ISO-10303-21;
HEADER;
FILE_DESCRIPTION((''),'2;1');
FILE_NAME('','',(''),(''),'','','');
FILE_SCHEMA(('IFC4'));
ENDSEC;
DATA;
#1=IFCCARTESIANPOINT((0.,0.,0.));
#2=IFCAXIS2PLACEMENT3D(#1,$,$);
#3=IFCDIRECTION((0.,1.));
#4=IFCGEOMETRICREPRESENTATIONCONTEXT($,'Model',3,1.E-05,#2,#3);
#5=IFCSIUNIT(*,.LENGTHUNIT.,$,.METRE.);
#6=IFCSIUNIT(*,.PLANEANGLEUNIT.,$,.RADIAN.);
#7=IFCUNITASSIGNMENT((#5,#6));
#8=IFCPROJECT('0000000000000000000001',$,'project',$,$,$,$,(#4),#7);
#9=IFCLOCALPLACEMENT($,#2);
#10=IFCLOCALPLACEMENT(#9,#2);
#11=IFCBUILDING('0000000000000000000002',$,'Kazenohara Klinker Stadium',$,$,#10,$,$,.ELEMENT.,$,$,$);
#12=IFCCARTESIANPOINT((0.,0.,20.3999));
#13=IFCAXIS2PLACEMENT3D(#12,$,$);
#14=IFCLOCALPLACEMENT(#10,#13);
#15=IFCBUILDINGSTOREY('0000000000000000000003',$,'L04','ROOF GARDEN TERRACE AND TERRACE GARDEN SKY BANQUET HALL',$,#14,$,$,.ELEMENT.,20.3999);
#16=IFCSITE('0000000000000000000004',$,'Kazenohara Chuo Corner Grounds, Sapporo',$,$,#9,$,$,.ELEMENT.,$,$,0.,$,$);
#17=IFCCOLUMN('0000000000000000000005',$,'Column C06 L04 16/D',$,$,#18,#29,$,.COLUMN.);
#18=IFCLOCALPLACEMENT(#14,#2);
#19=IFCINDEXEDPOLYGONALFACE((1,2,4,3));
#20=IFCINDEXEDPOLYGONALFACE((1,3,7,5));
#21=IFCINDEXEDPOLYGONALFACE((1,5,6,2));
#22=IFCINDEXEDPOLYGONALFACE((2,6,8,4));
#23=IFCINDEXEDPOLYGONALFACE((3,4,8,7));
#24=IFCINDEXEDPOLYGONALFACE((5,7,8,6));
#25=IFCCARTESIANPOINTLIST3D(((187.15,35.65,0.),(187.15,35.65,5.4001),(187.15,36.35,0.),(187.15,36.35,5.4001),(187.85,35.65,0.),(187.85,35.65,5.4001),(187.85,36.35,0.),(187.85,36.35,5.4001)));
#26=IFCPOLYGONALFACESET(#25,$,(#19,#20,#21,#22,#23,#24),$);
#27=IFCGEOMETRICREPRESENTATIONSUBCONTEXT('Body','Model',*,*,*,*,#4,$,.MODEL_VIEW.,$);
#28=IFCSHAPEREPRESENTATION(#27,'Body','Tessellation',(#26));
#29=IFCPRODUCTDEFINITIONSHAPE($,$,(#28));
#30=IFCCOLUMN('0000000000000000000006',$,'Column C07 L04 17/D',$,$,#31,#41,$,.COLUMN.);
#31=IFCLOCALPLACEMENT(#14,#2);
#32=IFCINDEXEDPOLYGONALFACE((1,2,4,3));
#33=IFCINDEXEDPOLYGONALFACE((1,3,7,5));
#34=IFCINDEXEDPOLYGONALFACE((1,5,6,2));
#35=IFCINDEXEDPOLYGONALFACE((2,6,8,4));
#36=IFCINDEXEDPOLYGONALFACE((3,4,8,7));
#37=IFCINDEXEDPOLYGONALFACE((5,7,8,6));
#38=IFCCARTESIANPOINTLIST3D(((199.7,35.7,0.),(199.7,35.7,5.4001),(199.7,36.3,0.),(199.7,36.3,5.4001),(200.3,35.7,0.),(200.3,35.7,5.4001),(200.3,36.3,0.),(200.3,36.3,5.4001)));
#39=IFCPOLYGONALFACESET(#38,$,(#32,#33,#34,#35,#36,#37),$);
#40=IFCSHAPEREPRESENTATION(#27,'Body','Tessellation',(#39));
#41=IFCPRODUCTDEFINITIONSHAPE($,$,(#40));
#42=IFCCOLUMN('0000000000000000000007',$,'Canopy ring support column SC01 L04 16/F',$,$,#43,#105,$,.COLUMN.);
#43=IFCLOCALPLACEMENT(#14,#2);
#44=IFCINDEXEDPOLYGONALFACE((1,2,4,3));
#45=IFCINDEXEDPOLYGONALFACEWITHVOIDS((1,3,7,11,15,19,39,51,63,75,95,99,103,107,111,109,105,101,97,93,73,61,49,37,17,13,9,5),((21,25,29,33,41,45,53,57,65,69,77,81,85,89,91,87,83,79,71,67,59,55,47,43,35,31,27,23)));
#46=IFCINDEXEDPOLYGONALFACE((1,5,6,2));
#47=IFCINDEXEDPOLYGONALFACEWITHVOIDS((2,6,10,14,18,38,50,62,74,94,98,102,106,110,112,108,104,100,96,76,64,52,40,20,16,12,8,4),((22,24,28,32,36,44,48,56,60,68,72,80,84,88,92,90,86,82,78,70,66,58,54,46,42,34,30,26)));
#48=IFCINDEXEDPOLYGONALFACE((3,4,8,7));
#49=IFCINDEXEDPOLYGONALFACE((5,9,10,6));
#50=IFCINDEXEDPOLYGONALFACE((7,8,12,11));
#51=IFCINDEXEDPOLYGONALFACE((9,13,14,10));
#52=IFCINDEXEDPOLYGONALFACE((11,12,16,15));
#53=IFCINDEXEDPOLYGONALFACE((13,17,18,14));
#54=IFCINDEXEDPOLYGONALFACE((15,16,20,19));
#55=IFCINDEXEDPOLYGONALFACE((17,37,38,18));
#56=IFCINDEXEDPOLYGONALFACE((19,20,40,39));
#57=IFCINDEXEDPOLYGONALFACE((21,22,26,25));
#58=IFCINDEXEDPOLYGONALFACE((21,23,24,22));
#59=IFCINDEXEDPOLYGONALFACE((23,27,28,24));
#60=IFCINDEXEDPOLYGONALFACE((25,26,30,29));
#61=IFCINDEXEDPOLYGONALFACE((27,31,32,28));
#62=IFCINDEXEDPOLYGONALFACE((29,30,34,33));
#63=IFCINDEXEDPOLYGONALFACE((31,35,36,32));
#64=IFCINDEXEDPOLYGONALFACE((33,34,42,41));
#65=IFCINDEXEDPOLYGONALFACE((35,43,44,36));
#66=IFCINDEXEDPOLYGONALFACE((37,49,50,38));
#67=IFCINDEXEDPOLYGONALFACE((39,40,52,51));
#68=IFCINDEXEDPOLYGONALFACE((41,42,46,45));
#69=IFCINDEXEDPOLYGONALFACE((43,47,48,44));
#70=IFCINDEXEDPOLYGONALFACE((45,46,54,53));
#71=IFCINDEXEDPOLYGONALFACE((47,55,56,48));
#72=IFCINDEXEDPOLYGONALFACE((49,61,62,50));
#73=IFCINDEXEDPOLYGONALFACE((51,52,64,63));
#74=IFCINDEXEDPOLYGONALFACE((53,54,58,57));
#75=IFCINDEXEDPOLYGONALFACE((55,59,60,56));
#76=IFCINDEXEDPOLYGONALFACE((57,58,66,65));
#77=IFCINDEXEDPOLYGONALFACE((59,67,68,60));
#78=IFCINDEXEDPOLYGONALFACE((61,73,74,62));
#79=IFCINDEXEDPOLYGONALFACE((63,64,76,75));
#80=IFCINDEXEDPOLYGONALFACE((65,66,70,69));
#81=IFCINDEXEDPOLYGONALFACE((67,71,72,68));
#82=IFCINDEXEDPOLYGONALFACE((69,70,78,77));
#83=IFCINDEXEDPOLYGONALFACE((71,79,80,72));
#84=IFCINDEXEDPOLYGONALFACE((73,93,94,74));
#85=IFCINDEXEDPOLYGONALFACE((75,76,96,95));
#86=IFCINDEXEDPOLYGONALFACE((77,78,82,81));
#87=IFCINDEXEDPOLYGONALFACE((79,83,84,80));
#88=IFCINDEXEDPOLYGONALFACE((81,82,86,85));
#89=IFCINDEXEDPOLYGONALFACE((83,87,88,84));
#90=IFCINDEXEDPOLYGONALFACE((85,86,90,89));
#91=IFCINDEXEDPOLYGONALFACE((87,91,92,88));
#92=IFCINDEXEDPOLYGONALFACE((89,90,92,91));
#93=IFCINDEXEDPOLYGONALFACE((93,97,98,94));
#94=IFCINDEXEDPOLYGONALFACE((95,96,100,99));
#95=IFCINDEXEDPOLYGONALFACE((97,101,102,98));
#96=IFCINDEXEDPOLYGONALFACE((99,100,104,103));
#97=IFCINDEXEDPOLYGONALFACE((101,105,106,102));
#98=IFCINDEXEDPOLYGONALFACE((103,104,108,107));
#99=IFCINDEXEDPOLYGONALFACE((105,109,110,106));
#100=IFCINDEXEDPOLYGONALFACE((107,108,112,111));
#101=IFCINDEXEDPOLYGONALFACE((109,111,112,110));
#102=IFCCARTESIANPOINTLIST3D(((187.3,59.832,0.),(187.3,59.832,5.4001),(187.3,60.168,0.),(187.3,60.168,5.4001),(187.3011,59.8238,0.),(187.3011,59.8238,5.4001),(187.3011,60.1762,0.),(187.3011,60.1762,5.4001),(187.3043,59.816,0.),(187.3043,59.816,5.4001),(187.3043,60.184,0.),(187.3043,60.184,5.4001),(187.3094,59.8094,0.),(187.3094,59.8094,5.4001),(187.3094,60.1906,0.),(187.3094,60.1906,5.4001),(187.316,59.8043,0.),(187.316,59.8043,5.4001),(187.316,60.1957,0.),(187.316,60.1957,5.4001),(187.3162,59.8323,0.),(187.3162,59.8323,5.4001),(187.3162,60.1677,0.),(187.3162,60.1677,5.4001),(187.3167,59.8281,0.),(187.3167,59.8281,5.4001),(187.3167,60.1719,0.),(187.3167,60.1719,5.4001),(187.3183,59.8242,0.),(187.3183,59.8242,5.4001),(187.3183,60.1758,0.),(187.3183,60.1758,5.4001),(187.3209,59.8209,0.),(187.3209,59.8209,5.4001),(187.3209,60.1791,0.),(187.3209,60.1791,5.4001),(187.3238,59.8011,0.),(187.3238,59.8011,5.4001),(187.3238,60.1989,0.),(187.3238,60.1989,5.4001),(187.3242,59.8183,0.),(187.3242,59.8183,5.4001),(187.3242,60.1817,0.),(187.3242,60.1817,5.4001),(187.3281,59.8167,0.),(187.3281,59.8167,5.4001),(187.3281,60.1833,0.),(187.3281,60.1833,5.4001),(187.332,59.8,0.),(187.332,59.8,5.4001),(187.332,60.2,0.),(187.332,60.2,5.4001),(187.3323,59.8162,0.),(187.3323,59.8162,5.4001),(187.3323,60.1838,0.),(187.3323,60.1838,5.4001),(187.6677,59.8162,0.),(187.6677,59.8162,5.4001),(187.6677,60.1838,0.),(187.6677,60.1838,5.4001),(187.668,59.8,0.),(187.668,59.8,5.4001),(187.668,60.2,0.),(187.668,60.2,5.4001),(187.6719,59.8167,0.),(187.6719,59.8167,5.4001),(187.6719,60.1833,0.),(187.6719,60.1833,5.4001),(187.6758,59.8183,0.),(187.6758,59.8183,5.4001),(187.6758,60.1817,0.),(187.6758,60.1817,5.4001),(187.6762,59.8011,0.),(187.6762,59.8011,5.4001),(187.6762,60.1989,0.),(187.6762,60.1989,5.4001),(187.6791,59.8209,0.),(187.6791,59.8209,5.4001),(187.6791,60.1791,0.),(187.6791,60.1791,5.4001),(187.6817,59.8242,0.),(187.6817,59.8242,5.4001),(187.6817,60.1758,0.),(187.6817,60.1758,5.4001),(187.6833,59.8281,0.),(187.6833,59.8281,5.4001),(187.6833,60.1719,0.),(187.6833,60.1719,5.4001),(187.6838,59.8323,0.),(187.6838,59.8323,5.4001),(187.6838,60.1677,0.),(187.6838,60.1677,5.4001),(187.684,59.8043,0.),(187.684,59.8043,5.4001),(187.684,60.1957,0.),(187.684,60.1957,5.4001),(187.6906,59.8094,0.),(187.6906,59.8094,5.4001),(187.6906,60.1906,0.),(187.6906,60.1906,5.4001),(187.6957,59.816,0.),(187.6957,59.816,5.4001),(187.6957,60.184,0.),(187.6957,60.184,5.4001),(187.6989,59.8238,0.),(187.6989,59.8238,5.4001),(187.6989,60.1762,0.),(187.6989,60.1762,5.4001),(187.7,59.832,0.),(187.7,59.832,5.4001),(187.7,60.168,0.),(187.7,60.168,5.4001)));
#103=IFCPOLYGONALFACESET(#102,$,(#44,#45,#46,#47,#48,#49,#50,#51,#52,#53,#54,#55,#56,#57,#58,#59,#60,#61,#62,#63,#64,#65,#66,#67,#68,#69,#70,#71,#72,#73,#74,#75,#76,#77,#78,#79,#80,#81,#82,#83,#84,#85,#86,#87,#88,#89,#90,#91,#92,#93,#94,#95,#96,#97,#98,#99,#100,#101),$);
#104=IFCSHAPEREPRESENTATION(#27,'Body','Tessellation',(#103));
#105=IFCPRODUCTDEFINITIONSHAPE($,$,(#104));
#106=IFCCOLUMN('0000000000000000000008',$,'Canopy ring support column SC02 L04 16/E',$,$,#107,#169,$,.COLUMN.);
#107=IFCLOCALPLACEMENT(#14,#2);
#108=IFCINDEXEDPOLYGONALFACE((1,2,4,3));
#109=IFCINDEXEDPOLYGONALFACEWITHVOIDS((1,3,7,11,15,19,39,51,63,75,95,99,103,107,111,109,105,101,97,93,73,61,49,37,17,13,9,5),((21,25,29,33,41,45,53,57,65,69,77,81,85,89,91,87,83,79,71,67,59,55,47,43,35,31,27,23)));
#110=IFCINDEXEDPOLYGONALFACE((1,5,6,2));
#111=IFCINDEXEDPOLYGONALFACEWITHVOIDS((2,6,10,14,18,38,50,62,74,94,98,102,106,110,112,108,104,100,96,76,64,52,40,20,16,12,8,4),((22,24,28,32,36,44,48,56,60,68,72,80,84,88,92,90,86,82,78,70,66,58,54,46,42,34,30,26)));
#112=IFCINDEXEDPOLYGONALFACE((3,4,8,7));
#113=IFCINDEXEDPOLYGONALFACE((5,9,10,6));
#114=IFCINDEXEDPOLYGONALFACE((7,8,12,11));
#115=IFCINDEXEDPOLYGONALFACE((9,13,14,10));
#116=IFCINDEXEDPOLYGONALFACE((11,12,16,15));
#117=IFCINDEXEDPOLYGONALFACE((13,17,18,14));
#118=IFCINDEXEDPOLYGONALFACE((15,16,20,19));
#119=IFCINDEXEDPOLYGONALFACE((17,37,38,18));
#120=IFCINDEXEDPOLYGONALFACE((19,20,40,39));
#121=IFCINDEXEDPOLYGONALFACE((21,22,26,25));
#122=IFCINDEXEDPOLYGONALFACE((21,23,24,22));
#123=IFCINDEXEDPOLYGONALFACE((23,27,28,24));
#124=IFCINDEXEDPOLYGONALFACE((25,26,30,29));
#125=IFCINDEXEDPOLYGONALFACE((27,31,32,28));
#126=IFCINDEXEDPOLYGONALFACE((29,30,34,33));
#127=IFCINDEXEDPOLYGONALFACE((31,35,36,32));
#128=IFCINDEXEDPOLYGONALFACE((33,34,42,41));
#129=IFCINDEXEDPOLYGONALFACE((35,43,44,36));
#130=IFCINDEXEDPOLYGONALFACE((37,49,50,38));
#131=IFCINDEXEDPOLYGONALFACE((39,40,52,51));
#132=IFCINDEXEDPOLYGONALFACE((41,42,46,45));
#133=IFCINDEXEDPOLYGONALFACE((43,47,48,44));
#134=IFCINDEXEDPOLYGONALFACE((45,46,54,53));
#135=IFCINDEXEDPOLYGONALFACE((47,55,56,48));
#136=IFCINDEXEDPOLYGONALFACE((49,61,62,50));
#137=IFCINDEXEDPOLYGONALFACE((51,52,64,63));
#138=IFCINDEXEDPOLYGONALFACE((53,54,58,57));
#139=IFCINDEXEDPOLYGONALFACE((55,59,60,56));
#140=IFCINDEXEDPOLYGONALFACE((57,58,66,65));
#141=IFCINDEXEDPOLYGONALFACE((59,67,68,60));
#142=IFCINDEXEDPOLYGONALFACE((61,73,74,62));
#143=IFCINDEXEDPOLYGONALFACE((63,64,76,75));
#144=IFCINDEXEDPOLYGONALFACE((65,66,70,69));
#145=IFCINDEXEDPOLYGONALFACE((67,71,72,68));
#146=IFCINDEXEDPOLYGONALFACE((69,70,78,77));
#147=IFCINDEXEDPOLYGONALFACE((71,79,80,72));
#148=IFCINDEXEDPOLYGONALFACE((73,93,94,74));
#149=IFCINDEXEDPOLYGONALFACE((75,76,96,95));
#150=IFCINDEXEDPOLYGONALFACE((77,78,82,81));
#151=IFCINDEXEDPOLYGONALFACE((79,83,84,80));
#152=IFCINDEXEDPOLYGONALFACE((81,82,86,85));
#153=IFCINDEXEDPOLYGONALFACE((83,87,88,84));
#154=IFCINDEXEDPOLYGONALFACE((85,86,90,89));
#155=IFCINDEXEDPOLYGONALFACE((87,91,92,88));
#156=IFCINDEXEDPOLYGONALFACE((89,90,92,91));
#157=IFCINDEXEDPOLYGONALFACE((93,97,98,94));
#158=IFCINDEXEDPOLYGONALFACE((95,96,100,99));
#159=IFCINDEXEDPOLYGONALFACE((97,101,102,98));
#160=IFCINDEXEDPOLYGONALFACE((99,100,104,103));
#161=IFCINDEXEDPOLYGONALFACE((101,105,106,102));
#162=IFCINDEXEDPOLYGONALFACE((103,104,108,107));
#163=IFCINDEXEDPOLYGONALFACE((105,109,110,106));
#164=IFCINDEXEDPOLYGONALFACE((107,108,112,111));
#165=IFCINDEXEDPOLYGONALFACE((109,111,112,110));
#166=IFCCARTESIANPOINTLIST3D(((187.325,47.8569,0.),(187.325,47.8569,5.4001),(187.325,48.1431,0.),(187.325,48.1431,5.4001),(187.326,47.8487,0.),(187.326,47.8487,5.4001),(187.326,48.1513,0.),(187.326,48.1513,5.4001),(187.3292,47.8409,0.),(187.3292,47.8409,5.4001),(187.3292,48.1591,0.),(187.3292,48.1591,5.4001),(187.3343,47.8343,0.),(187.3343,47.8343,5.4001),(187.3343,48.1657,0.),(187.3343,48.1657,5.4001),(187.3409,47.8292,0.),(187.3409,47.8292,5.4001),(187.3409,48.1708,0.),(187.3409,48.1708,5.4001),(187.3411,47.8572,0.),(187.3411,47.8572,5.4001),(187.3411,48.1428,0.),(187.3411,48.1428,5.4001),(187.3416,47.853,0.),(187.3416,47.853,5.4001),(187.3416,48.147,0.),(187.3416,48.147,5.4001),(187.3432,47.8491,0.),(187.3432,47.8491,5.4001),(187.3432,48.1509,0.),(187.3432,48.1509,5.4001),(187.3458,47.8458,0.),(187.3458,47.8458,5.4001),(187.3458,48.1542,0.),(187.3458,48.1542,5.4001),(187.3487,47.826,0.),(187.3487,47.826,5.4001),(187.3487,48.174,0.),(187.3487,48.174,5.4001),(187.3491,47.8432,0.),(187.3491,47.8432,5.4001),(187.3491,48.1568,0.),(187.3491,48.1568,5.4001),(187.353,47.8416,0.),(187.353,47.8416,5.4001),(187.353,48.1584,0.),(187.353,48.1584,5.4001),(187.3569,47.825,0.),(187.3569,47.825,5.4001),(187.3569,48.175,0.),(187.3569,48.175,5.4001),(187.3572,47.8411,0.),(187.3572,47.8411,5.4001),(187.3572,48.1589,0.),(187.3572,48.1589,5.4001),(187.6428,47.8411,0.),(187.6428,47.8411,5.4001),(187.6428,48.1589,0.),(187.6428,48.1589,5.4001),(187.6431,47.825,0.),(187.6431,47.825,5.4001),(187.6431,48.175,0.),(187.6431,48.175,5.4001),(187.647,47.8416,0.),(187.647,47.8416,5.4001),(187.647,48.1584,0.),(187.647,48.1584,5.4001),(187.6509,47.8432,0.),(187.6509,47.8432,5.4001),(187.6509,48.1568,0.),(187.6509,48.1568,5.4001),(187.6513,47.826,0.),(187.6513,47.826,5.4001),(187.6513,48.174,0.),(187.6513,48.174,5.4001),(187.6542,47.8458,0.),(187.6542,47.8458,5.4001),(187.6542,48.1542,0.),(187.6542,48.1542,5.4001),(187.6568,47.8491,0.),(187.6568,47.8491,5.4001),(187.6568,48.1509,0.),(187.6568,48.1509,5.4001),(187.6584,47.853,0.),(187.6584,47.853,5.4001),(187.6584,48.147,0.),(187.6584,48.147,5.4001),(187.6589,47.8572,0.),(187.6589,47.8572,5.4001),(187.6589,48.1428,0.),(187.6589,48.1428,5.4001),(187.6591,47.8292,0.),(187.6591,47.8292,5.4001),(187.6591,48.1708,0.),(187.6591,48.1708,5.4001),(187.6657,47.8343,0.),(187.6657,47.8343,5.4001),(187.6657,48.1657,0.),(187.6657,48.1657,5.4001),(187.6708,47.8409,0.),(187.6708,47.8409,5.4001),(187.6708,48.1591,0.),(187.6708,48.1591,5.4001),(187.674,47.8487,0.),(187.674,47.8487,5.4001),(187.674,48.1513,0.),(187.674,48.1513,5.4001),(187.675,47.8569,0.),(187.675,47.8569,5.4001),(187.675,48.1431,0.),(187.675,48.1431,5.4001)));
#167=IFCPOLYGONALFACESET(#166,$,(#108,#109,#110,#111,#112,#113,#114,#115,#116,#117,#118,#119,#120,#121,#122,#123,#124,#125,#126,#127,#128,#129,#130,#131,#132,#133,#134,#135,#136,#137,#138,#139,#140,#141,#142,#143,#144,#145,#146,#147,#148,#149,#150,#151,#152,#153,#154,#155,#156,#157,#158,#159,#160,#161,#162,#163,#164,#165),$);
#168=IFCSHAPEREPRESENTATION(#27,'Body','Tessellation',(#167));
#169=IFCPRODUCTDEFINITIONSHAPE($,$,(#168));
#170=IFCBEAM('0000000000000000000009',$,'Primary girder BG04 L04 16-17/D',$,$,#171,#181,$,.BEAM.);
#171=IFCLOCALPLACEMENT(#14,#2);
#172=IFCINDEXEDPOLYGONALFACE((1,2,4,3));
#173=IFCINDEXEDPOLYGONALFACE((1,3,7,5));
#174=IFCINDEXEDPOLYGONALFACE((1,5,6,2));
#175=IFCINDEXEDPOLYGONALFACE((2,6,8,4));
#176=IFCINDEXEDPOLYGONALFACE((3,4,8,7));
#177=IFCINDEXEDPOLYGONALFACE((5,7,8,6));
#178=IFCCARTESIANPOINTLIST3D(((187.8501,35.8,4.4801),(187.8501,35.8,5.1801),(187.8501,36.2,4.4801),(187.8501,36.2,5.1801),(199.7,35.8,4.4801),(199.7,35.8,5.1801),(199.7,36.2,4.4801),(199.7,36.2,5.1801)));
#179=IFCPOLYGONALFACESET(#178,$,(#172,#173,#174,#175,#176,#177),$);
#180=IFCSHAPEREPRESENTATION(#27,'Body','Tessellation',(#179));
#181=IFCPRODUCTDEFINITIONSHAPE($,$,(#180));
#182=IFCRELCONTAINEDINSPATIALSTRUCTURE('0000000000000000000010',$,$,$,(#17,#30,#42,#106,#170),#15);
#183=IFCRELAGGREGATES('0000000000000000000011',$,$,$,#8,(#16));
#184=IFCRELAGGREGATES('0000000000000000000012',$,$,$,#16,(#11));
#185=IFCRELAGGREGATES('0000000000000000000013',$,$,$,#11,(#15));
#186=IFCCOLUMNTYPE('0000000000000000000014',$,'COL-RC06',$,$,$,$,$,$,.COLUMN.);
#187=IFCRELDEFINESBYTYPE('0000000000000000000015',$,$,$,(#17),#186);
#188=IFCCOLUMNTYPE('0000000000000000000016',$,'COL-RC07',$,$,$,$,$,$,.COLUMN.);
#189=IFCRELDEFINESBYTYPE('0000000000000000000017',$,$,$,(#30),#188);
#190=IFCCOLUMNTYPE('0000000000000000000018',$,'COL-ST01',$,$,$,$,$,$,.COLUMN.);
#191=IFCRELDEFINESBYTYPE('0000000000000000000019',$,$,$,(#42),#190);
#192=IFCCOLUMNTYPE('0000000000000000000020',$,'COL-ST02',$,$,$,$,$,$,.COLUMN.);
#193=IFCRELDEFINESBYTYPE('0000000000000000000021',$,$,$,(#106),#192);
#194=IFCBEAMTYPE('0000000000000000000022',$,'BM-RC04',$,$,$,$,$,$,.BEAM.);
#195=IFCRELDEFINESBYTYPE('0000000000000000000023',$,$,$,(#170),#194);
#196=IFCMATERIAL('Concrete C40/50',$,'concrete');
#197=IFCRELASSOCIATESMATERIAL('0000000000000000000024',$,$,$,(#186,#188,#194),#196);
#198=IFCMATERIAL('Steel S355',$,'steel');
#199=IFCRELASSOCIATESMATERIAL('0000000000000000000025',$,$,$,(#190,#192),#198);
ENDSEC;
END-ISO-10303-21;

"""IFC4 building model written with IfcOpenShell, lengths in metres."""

from ifc_helpers import new_model, si_unit, direction, frame, origin, origin_2d, place, context, subcontext, project, spatial, rectangle, hollow_rectangle, extrude, material, material_profile, profile_set, type_object, element, save


model = new_model("IFC4")

# Units and contexts
model_context = context("Model", 3, precision=1e-05, world=origin(), true_north=direction((0.0, 1.0)))
body_context = subcontext(model_context, "Body", "Model", "MODEL_VIEW")
ifc_project = project(units=[si_unit("LENGTHUNIT", "METRE"), si_unit("PLANEANGLEUNIT", "RADIAN")], contexts=[model_context])

# Site, building, storey
site_placement = place(None, origin())
site = spatial("IfcSite", under=ifc_project, at=site_placement, Name="Kazenohara Chuo Corner Grounds, Sapporo", CompositionType="ELEMENT", RefElevation=0.0)
building_placement = place(site_placement, origin())
building = spatial("IfcBuilding", under=site, at=building_placement, Name="Kazenohara Klinker Stadium", CompositionType="ELEMENT")
storey_placement = place(building_placement, frame((0.0, 0.0, 20.3999)))
storey = spatial("IfcBuildingStorey", under=building, at=storey_placement, Name="L04", Description="ROOF GARDEN TERRACE AND TERRACE GARDEN SKY BANQUET HALL", CompositionType="ELEMENT", Elevation=20.3999)

# Columns
ifc_material_1 = material(Name="Concrete C40/50", Category="concrete")
ifc_material_profile_1 = material_profile(ifc_material_1, rectangle(XDim=0.7, YDim=0.7, at=origin_2d()), Name="RC-COL-700x700")
ifc_profile_set_1 = profile_set([ifc_material_profile_1], Name="Concrete C40/50")
column_type_1 = type_object("IfcColumnType", Name="COL-RC06", PredefinedType="COLUMN", material=ifc_profile_set_1)
column_1_placement = place(storey_placement, frame((187.5, 36.0, 0.0), z_axis=(0.0, 0.0, 1.0), x_axis=(1.0, 0.0, 0.0)))
element("IfcColumn", 1, at=column_1_placement, inside=storey, type_object=column_type_1, Name="Column C06 L04 16/D", PredefinedType="COLUMN", context=body_context, shape_type="SweptSolid", body=[
    extrude(rectangle(XDim=0.7, YDim=0.7, at=origin_2d()), origin(), (0.0, 0.0, 1.0), 5.4001),
])
ifc_material_profile_2 = material_profile(ifc_material_1, rectangle(XDim=0.6001, YDim=0.6001, at=origin_2d()), Name="RC-COL-600x600")
ifc_profile_set_2 = profile_set([ifc_material_profile_2], Name="Concrete C40/50")
column_type_2 = type_object("IfcColumnType", Name="COL-RC07", PredefinedType="COLUMN", material=ifc_profile_set_2)
column_2_placement = place(storey_placement, frame((200.0, 36.0, 0.0), z_axis=(0.0, 0.0, 1.0), x_axis=(1.0, 0.0, 0.0)))
element("IfcColumn", 2, at=column_2_placement, inside=storey, type_object=column_type_2, Name="Column C07 L04 17/D", PredefinedType="COLUMN", context=body_context, shape_type="SweptSolid", body=[
    extrude(rectangle(XDim=0.6001, YDim=0.6001, at=origin_2d()), origin(), (0.0, 0.0, 1.0), 5.4001),
])
ifc_material_2 = material(Name="Steel S355", Category="steel")
ifc_material_profile_3 = material_profile(ifc_material_2, hollow_rectangle(XDim=0.3999, YDim=0.3999, WallThickness=0.0161, InnerFilletRadius=0.0161, OuterFilletRadius=0.032, at=origin_2d()), Name="SHS-400x400x16")
ifc_profile_set_3 = profile_set([ifc_material_profile_3], Name="Steel S355")
column_type_3 = type_object("IfcColumnType", Name="COL-ST01", PredefinedType="COLUMN", material=ifc_profile_set_3)
column_3_placement = place(storey_placement, frame((187.5, 60.0, 0.0), z_axis=(0.0, 0.0, 1.0), x_axis=(1.0, 0.0, 0.0)))
element("IfcColumn", 3, at=column_3_placement, inside=storey, type_object=column_type_3, Name="Canopy ring support column SC01 L04 16/F", PredefinedType="COLUMN", context=body_context, shape_type="SweptSolid", body=[
    extrude(hollow_rectangle(XDim=0.3999, YDim=0.3999, WallThickness=0.0161, InnerFilletRadius=0.0161, OuterFilletRadius=0.032, at=origin_2d()), origin(), (0.0, 0.0, 1.0), 5.4001),
])
ifc_material_profile_4 = material_profile(ifc_material_2, hollow_rectangle(XDim=0.3501, YDim=0.3501, WallThickness=0.0161, InnerFilletRadius=0.0161, OuterFilletRadius=0.032, at=origin_2d()), Name="SHS-350x350x16")
ifc_profile_set_4 = profile_set([ifc_material_profile_4], Name="Steel S355")
column_type_4 = type_object("IfcColumnType", Name="COL-ST02", PredefinedType="COLUMN", material=ifc_profile_set_4)
column_4_placement = place(storey_placement, frame((187.5, 48.0, 0.0), z_axis=(0.0, 0.0, 1.0), x_axis=(1.0, 0.0, 0.0)))
element("IfcColumn", 4, at=column_4_placement, inside=storey, type_object=column_type_4, Name="Canopy ring support column SC02 L04 16/E", PredefinedType="COLUMN", context=body_context, shape_type="SweptSolid", body=[
    extrude(hollow_rectangle(XDim=0.3501, YDim=0.3501, WallThickness=0.0161, InnerFilletRadius=0.0161, OuterFilletRadius=0.032, at=origin_2d()), origin(), (0.0, 0.0, 1.0), 5.4001),
])

# Beam
ifc_material_profile_5 = material_profile(ifc_material_1, rectangle(XDim=0.3999, YDim=0.7, at=origin_2d()), Name="RC-BM-400x700")
ifc_profile_set_5 = profile_set([ifc_material_profile_5], Name="Concrete C40/50")
beam_type_1 = type_object("IfcBeamType", Name="BM-RC04", PredefinedType="BEAM", material=ifc_profile_set_5)
beam_placement = place(storey_placement, frame((187.8501, 36.0, 4.8301), z_axis=(1.0, 0.0, 0.0), x_axis=(0.0, 1.0, 0.0)))
element("IfcBeam", 5, at=beam_placement, inside=storey, type_object=beam_type_1, Name="Primary girder BG04 L04 16-17/D", PredefinedType="BEAM", context=body_context, shape_type="SweptSolid", body=[
    extrude(rectangle(XDim=0.3999, YDim=0.7, at=origin_2d()), origin(), (0.0, 0.0, 1.0), 11.8499),
])

save(model, "model.ifc")
